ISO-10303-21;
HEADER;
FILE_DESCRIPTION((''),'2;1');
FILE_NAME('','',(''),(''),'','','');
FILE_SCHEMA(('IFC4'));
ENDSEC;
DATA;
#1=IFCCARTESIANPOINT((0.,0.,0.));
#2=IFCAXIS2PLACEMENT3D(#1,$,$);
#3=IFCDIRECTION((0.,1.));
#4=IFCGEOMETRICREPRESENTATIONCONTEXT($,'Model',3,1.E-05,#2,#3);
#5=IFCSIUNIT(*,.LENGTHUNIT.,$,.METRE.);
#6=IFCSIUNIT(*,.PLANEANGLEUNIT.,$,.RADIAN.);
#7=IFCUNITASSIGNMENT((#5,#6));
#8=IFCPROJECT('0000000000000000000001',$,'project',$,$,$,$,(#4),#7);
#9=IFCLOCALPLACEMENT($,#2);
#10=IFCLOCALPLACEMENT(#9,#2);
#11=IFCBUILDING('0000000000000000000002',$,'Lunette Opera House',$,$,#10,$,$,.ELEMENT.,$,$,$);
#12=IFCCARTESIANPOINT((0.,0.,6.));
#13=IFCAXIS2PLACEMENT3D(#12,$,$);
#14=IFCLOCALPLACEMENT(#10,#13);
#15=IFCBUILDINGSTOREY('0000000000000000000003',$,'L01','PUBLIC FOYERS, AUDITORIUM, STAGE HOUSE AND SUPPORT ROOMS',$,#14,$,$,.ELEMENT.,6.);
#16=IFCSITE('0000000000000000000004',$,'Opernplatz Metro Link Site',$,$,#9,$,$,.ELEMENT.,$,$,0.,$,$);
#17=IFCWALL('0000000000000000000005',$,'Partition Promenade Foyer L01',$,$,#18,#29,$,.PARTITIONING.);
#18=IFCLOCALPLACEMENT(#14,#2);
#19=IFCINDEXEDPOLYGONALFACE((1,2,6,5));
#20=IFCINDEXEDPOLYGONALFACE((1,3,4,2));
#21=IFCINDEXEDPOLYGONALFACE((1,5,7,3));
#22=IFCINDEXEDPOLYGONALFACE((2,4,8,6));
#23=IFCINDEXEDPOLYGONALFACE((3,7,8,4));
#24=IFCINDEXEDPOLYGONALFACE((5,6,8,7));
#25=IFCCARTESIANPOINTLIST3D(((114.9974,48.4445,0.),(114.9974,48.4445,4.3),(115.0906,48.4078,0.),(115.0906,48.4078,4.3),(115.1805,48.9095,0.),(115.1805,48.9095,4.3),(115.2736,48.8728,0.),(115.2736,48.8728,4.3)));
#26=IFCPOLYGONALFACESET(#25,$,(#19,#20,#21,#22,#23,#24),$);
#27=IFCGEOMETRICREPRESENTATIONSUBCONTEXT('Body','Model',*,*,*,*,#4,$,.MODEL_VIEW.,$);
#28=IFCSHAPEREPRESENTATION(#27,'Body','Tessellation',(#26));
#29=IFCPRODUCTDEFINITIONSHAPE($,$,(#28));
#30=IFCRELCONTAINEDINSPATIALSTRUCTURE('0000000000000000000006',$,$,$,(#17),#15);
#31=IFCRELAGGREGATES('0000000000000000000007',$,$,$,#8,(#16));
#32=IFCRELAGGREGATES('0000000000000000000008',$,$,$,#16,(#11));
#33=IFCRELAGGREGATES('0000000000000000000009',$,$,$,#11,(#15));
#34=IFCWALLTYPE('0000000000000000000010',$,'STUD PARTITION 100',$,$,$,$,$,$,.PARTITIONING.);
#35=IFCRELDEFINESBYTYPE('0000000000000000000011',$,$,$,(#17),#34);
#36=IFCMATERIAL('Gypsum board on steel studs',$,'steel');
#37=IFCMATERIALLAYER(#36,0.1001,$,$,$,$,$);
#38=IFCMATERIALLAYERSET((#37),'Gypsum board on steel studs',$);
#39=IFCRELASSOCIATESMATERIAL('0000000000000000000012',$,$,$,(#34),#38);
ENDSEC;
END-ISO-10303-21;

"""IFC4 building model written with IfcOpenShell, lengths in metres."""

from ifc_helpers import new_model, si_unit, direction, frame, frame_2d, origin, place, context, subcontext, project, spatial, rectangle, extrude, material, layer, layer_set, type_object, element, save


model = new_model("IFC4")

# Units and contexts
model_context = context("Model", 3, precision=1e-05, world=origin(), true_north=direction((0.0, 1.0)))
body_context = subcontext(model_context, "Body", "Model", "MODEL_VIEW")
ifc_project = project(units=[si_unit("LENGTHUNIT", "METRE"), si_unit("PLANEANGLEUNIT", "RADIAN")], contexts=[model_context])

# Site, building, storey
site_placement = place(None, origin())
site = spatial("IfcSite", under=ifc_project, at=site_placement, Name="Opernplatz Metro Link Site", CompositionType="ELEMENT", RefElevation=0.0)
building_placement = place(site_placement, origin())
building = spatial("IfcBuilding", under=site, at=building_placement, Name="Lunette Opera House", CompositionType="ELEMENT")
storey_placement = place(building_placement, frame((0.0, 0.0, 6.0)))
storey = spatial("IfcBuildingStorey", under=building, at=storey_placement, Name="L01", Description="PUBLIC FOYERS, AUDITORIUM, STAGE HOUSE AND SUPPORT ROOMS", CompositionType="ELEMENT", Elevation=6.0)

# Wall
ifc_material_1 = material(Name="Gypsum board on steel studs", Category="steel")
ifc_layer_1 = layer(ifc_material_1, 0.1001)
ifc_layer_set_1 = layer_set([ifc_layer_1], Name="Gypsum board on steel studs")
wall_type_1 = type_object("IfcWallType", Name="STUD PARTITION 100", PredefinedType="PARTITIONING", material=ifc_layer_set_1)
wall_1_placement = place(storey_placement, frame((115.0439, 48.426, 0.0), z_axis=(0.0, 0.0, 1.0), x_axis=(0.366332, 0.930484, 0.0)))
element("IfcWall", 1, at=wall_1_placement, inside=storey, type_object=wall_type_1, Name="Partition Promenade Foyer L01", PredefinedType="PARTITIONING", context=body_context, shape_type="SweptSolid", body=[
    extrude(rectangle(XDim=0.4998, YDim=0.1001, at=frame_2d((0.25, 0.0))), origin(), (0.0, 0.0, 1.0), 4.3),
])

save(model, "model.ifc")
